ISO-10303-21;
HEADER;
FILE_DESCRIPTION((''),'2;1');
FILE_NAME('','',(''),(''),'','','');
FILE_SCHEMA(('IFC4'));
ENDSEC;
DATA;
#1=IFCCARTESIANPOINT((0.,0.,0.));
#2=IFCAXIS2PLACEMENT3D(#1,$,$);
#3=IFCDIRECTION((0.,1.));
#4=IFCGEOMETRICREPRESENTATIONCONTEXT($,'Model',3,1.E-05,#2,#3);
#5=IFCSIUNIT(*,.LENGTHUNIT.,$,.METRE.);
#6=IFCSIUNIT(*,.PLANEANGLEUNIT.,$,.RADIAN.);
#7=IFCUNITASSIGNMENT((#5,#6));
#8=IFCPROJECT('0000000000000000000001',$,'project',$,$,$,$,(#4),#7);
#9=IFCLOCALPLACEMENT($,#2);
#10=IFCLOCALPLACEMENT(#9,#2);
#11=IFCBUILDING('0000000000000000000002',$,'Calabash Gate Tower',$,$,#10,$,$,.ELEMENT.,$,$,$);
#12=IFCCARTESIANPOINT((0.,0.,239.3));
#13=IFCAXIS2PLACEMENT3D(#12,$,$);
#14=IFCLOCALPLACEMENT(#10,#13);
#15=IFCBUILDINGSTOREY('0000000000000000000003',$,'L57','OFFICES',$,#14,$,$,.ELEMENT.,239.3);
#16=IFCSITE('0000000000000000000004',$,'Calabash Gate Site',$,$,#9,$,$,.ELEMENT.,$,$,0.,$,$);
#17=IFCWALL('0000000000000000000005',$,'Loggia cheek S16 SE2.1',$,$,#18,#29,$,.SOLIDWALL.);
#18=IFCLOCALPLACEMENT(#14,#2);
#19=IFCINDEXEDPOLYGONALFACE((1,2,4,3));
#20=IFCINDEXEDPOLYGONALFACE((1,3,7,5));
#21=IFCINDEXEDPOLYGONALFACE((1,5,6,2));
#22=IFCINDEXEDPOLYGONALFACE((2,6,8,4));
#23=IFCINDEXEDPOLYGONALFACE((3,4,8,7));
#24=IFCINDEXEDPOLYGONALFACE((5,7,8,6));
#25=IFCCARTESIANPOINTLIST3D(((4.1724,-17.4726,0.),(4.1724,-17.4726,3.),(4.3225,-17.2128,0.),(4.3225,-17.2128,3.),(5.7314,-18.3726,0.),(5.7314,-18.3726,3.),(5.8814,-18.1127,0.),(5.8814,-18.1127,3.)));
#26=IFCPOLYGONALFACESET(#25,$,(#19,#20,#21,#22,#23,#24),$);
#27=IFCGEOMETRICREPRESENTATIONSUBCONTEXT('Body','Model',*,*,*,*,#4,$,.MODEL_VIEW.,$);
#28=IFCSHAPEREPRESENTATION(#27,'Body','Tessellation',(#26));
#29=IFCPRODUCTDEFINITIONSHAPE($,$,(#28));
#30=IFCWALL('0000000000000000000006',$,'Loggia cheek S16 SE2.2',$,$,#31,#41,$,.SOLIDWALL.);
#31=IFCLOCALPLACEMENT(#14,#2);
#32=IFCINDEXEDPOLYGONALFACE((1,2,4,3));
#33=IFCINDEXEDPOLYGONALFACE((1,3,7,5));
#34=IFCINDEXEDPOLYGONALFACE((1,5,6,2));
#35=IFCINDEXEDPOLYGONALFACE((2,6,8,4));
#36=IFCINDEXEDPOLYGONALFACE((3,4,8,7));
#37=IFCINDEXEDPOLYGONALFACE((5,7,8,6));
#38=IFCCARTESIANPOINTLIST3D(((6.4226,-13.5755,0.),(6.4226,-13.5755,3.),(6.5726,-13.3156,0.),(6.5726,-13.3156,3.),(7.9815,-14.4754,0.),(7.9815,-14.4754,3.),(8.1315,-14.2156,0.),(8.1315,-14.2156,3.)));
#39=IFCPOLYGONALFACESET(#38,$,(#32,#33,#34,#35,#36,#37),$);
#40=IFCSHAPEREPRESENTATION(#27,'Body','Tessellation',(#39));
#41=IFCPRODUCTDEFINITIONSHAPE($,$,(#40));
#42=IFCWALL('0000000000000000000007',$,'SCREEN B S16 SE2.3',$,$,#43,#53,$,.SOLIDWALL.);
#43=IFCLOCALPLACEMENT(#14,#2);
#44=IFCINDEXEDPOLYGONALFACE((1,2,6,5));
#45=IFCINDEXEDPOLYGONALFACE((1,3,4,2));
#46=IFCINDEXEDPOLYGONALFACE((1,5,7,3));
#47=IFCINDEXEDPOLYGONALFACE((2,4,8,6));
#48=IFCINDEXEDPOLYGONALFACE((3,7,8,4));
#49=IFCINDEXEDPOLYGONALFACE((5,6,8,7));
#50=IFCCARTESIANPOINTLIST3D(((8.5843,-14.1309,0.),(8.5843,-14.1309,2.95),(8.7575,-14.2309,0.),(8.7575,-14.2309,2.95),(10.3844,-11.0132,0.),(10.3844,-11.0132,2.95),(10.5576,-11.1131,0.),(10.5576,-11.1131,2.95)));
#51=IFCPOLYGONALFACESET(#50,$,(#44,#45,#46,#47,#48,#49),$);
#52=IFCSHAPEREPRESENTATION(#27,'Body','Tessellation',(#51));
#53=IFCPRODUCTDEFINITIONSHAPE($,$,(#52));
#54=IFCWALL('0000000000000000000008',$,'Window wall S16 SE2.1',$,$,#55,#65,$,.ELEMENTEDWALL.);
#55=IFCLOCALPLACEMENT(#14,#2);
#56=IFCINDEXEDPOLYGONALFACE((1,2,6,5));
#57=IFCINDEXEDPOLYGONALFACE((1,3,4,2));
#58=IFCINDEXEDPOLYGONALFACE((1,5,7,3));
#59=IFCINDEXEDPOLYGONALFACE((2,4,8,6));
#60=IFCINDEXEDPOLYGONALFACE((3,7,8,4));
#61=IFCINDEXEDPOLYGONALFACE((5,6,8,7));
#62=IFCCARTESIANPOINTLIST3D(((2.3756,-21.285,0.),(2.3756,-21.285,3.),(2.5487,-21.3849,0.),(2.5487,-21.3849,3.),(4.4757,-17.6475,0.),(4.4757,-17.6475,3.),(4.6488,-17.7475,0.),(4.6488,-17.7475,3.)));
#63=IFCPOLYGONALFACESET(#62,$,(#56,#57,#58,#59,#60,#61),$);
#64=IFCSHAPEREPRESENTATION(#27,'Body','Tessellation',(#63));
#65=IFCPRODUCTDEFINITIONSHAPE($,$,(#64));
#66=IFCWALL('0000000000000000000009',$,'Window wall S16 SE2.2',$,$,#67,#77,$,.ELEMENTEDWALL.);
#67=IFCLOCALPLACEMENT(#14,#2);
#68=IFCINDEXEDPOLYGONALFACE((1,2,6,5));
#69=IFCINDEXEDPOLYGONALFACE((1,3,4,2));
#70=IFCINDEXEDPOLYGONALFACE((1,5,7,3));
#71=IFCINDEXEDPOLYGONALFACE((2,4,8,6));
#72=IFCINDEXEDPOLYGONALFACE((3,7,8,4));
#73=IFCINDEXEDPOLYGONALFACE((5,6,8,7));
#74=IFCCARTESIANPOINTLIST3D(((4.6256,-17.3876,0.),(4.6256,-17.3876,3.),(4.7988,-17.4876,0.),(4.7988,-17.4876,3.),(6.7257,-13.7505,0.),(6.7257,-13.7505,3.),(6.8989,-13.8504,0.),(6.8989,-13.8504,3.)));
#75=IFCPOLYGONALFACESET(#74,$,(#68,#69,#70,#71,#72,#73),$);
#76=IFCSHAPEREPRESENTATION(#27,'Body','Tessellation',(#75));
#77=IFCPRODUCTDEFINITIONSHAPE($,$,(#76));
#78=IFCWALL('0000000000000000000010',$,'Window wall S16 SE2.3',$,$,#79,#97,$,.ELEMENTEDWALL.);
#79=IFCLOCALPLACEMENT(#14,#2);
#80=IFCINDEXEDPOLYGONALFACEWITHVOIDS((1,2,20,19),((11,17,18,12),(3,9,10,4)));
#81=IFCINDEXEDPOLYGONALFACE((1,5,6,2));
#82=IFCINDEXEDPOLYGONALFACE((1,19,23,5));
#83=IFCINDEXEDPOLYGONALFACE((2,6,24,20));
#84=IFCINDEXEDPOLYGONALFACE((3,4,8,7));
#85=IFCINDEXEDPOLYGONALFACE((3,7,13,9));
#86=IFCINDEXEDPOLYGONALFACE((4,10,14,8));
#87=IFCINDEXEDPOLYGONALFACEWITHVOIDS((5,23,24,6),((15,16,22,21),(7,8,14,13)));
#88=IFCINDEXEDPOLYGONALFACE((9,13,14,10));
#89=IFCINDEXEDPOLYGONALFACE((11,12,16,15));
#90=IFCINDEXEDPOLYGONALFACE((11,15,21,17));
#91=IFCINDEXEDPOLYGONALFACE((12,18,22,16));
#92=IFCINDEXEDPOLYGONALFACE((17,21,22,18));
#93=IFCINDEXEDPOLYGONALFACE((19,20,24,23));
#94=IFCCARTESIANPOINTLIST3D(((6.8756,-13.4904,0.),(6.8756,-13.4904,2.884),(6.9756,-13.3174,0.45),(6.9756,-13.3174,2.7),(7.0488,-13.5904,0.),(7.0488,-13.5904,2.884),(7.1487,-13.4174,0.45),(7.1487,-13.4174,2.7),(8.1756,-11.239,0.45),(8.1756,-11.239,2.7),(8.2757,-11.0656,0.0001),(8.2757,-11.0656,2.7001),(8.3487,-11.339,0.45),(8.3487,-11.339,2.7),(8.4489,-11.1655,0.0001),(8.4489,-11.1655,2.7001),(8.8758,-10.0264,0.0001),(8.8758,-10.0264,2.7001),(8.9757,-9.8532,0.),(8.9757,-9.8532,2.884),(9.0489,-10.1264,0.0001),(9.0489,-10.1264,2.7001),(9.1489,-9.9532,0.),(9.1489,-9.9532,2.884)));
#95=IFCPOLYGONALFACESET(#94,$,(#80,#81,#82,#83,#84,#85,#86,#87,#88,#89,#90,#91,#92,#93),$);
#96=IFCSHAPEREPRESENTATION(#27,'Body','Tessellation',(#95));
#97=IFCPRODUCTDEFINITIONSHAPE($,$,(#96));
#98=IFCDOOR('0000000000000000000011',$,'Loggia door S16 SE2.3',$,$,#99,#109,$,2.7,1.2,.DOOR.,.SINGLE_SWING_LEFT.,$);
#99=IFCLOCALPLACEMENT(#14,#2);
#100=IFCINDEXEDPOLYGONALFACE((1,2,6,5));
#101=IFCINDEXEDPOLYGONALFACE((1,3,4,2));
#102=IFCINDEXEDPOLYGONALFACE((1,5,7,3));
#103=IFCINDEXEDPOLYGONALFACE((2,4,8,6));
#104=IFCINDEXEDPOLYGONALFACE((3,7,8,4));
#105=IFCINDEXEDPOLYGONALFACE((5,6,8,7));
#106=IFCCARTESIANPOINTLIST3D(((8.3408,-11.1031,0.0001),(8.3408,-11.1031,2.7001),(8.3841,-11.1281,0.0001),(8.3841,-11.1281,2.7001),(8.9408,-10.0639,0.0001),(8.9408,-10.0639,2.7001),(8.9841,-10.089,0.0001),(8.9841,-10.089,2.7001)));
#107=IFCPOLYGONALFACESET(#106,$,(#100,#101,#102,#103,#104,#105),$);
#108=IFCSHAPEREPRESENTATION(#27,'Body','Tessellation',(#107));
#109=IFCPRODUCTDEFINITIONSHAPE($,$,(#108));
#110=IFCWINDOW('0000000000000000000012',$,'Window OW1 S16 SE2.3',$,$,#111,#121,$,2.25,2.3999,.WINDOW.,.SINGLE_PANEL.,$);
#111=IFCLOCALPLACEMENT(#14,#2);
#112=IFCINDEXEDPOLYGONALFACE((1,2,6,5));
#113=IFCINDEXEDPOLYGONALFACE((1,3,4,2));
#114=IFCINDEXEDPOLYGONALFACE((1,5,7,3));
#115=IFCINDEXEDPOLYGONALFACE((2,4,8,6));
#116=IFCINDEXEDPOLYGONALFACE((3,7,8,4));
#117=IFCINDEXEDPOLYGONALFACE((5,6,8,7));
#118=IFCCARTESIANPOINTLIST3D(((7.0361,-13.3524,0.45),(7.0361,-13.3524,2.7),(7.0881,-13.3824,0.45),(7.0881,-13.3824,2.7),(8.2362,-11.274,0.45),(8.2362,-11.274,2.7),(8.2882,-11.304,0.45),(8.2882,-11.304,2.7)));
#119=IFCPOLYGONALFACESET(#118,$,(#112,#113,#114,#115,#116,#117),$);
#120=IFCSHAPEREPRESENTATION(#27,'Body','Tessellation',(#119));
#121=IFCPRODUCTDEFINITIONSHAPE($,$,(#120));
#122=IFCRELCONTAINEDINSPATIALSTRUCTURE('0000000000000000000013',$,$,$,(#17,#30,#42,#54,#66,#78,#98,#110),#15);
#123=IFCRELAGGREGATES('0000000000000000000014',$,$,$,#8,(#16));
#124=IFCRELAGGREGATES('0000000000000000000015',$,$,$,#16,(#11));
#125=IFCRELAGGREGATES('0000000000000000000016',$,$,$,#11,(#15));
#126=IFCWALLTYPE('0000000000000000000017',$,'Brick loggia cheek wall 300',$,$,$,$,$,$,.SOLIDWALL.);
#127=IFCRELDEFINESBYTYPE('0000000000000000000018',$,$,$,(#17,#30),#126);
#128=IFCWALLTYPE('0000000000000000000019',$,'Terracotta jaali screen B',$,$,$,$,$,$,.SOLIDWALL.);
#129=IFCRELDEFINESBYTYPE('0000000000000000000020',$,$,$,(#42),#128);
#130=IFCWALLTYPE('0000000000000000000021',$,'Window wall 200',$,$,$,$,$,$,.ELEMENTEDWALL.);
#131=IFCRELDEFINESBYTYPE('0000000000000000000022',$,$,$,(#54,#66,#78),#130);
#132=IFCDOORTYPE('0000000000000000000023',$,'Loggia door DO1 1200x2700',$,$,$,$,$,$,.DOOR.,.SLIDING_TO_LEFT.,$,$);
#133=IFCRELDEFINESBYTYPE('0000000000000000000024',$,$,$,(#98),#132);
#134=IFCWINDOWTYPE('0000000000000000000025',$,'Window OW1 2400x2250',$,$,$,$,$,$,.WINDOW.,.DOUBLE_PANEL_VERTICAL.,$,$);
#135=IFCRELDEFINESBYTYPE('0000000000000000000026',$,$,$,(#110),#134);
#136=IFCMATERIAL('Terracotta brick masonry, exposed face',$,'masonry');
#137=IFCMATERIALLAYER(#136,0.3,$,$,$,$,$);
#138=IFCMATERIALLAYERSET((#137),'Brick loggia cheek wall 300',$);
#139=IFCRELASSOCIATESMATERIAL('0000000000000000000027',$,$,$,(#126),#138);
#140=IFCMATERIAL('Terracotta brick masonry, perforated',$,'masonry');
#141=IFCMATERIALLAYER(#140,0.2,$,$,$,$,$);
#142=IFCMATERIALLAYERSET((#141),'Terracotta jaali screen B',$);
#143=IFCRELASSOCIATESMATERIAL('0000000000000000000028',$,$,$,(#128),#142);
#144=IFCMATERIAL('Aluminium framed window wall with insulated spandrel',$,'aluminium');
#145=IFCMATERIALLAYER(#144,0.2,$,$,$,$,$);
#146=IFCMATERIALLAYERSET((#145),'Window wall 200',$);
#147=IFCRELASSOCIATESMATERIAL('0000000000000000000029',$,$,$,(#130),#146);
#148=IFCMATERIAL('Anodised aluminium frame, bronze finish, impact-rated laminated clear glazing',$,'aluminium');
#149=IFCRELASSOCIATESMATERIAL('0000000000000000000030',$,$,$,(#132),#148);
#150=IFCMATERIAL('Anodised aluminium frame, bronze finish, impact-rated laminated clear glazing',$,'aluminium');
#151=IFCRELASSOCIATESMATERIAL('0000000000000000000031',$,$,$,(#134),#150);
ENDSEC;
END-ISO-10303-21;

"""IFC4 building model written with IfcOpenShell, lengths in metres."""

from ifc_helpers import new_model, si_unit, direction, frame, frame_2d, origin, place, context, subcontext, project, spatial, rectangle, extrude, material, layer, layer_set, type_object, element, fill, save


model = new_model("IFC4")

# Units and contexts
model_context = context("Model", 3, precision=1e-05, world=origin(), true_north=direction((0.0, 1.0)))
body_context = subcontext(model_context, "Body", "Model", "MODEL_VIEW")
ifc_project = project(units=[si_unit("LENGTHUNIT", "METRE"), si_unit("PLANEANGLEUNIT", "RADIAN")], contexts=[model_context])

# Site, building, storey
site_placement = place(None, origin())
site = spatial("IfcSite", under=ifc_project, at=site_placement, Name="Calabash Gate Site", CompositionType="ELEMENT", RefElevation=0.0)
building_placement = place(site_placement, origin())
building = spatial("IfcBuilding", under=site, at=building_placement, Name="Calabash Gate Tower", CompositionType="ELEMENT")
storey_placement = place(building_placement, frame((0.0, 0.0, 239.3)))
storey = spatial("IfcBuildingStorey", under=building, at=storey_placement, Name="L57", Description="OFFICES", CompositionType="ELEMENT", Elevation=239.3)

# Walls
ifc_material_1 = material(Name="Terracotta brick masonry, exposed face", Category="masonry")
ifc_layer_1 = layer(ifc_material_1, 0.3)
ifc_layer_set_1 = layer_set([ifc_layer_1], Name="Brick loggia cheek wall 300")
wall_type_1 = type_object("IfcWallType", Name="Brick loggia cheek wall 300", PredefinedType="SOLIDWALL", material=ifc_layer_set_1)
for number, where, z_axis, x_axis, name in (
    (1, (4.2476, -17.3428, 0.0), (0.0, 0.0, 1.0), (0.866048, -0.499961, 0.0), "Loggia cheek S16 SE2.1"),
    (2, (8.0564, -14.3455, 0.0), (0.0, 0.0, 1.0), (-0.866048, 0.499961, 0.0), "Loggia cheek S16 SE2.2"),
):
    element("IfcWall", number, at=place(storey_placement, frame(where, z_axis=z_axis, x_axis=x_axis)), inside=storey, type_object=wall_type_1, Name=name, PredefinedType="SOLIDWALL", context=body_context, shape_type="SweptSolid", body=[
        extrude(rectangle(XDim=1.8, YDim=0.3, at=frame_2d((0.8999, 0.0))), origin(), (0.0, 0.0, 1.0), 3.0),
    ])
ifc_material_2 = material(Name="Terracotta brick masonry, perforated", Category="masonry")
ifc_layer_2 = layer(ifc_material_2, 0.2)
ifc_layer_set_2 = layer_set([ifc_layer_2], Name="Terracotta jaali screen B")
wall_type_2 = type_object("IfcWallType", Name="Terracotta jaali screen B", PredefinedType="SOLIDWALL", material=ifc_layer_set_2)
wall_1_placement = place(storey_placement, frame((8.6709, -14.1809, 0.0), z_axis=(0.0, 0.0, 1.0), x_axis=(0.500012, 0.866018, 0.0)))
element("IfcWall", 3, at=wall_1_placement, inside=storey, type_object=wall_type_2, Name="SCREEN B S16 SE2.3", PredefinedType="SOLIDWALL", context=body_context, shape_type="SweptSolid", body=[
    extrude(rectangle(XDim=3.6001, YDim=0.2, at=frame_2d((1.8, 0.0))), origin(), (0.0, 0.0, 1.0), 2.95),
])
ifc_material_3 = material(Name="Aluminium framed window wall with insulated spandrel", Category="aluminium")
ifc_layer_3 = layer(ifc_material_3, 0.2)
ifc_layer_set_3 = layer_set([ifc_layer_3], Name="Window wall 200")
wall_type_3 = type_object("IfcWallType", Name="Window wall 200", PredefinedType="ELEMENTEDWALL", material=ifc_layer_set_3)
wall_2_placement = place(storey_placement, frame((2.4622, -21.335, 0.0), z_axis=(0.0, 0.0, 1.0), x_axis=(0.500003, 0.866024, 0.0)))
element("IfcWall", 4, at=wall_2_placement, inside=storey, type_object=wall_type_3, Name="Window wall S16 SE2.1", PredefinedType="ELEMENTEDWALL", context=body_context, shape_type="SweptSolid", body=[
    extrude(rectangle(XDim=4.2002, YDim=0.2, at=frame_2d((2.1001, 0.0))), origin(), (0.0, 0.0, 1.0), 3.0),
])
wall_3_placement = place(storey_placement, frame((4.7122, -17.4377, 0.0), z_axis=(0.0, 0.0, 1.0), x_axis=(0.500028, 0.866009, 0.0)))
element("IfcWall", 5, at=wall_3_placement, inside=storey, type_object=wall_type_3, Name="Window wall S16 SE2.2", PredefinedType="ELEMENTEDWALL", context=body_context, shape_type="SweptSolid", body=[
    extrude(rectangle(XDim=4.2, YDim=0.2, at=frame_2d((2.1001, 0.0))), origin(), (0.0, 0.0, 1.0), 3.0),
])

# Wall, openings, door, window
wall_4_placement = place(storey_placement, frame((6.9622, -13.5405, 0.0), z_axis=(0.0, 0.0, 1.0), x_axis=(0.500028, 0.866009, 0.0)))
wall_4 = element("IfcWall", 6, at=wall_4_placement, inside=storey, type_object=wall_type_3, Name="Window wall S16 SE2.3", PredefinedType="ELEMENTEDWALL", context=body_context, shape_type="SweptSolid", body=[
    extrude(rectangle(XDim=4.2, YDim=0.2, at=frame_2d((2.1001, 0.0))), origin(), (0.0, 0.0, 1.0), 2.884),
])
opening_1_placement = place(wall_4_placement, frame((0.2, 0.0, 0.45)))
opening_1 = element("IfcOpeningElement", 7, at=opening_1_placement, cuts=wall_4, PredefinedType="OPENING", context=body_context, shape_type="SweptSolid", body=[
    extrude(rectangle(XDim=2.3999, YDim=2.25, at=frame_2d((1.2, 1.125))), frame((0.0, 0.1099, 0.0), z_axis=(0.0, -1.0, 0.0), x_axis=(1.0, 0.0, 0.0)), (0.0, 0.0, 1.0), 0.22),
])
opening_2_placement = place(wall_4_placement, frame((2.8, 0.0, 0.0)))
opening_2 = element("IfcOpeningElement", 8, at=opening_2_placement, cuts=wall_4, PredefinedType="OPENING", context=body_context, shape_type="SweptSolid", body=[
    extrude(rectangle(XDim=1.2, YDim=2.7, at=frame_2d((0.6001, 1.3501))), frame((0.0, 0.1099, 0.0), z_axis=(0.0, -1.0, 0.0), x_axis=(1.0, 0.0, 0.0)), (0.0, 0.0, 1.0), 0.22),
])
ifc_material_4 = material(Name="Anodised aluminium frame, bronze finish, impact-rated laminated clear glazing", Category="aluminium")
door_type = type_object("IfcDoorType", Name="Loggia door DO1 1200x2700", OperationType="SLIDING_TO_LEFT", PredefinedType="DOOR", material=ifc_material_4)
door_placement = place(opening_2_placement, origin())
door = element("IfcDoor", 9, at=door_placement, inside=storey, type_object=door_type, Name="Loggia door S16 SE2.3", OperationType="SINGLE_SWING_LEFT", OverallHeight=2.7, OverallWidth=1.2, PredefinedType="DOOR", context=body_context, shape_type="SweptSolid", body=[
    extrude(rectangle(XDim=1.2, YDim=2.7, at=frame_2d((0.6001, 1.3501))), frame((0.0, 0.0249, 0.0), z_axis=(0.0, -1.0, 0.0), x_axis=(1.0, 0.0, 0.0)), (0.0, 0.0, 1.0), 0.05),
])
fill(opening_2, door)
ifc_material_5 = material(Name="Anodised aluminium frame, bronze finish, impact-rated laminated clear glazing", Category="aluminium")
window_type = type_object("IfcWindowType", Name="Window OW1 2400x2250", PartitioningType="DOUBLE_PANEL_VERTICAL", PredefinedType="WINDOW", material=ifc_material_5)
window_placement = place(opening_1_placement, origin())
window = element("IfcWindow", 10, at=window_placement, inside=storey, type_object=window_type, Name="Window OW1 S16 SE2.3", OverallHeight=2.25, OverallWidth=2.3999, PartitioningType="SINGLE_PANEL", PredefinedType="WINDOW", context=body_context, shape_type="SweptSolid", body=[
    extrude(rectangle(XDim=2.3999, YDim=2.25, at=frame_2d((1.2, 1.125))), frame((0.0, 0.03, 0.0), z_axis=(0.0, -1.0, 0.0), x_axis=(1.0, 0.0, 0.0)), (0.0, 0.0, 1.0), 0.0601),
])
fill(opening_1, window)

save(model, "model.ifc")
